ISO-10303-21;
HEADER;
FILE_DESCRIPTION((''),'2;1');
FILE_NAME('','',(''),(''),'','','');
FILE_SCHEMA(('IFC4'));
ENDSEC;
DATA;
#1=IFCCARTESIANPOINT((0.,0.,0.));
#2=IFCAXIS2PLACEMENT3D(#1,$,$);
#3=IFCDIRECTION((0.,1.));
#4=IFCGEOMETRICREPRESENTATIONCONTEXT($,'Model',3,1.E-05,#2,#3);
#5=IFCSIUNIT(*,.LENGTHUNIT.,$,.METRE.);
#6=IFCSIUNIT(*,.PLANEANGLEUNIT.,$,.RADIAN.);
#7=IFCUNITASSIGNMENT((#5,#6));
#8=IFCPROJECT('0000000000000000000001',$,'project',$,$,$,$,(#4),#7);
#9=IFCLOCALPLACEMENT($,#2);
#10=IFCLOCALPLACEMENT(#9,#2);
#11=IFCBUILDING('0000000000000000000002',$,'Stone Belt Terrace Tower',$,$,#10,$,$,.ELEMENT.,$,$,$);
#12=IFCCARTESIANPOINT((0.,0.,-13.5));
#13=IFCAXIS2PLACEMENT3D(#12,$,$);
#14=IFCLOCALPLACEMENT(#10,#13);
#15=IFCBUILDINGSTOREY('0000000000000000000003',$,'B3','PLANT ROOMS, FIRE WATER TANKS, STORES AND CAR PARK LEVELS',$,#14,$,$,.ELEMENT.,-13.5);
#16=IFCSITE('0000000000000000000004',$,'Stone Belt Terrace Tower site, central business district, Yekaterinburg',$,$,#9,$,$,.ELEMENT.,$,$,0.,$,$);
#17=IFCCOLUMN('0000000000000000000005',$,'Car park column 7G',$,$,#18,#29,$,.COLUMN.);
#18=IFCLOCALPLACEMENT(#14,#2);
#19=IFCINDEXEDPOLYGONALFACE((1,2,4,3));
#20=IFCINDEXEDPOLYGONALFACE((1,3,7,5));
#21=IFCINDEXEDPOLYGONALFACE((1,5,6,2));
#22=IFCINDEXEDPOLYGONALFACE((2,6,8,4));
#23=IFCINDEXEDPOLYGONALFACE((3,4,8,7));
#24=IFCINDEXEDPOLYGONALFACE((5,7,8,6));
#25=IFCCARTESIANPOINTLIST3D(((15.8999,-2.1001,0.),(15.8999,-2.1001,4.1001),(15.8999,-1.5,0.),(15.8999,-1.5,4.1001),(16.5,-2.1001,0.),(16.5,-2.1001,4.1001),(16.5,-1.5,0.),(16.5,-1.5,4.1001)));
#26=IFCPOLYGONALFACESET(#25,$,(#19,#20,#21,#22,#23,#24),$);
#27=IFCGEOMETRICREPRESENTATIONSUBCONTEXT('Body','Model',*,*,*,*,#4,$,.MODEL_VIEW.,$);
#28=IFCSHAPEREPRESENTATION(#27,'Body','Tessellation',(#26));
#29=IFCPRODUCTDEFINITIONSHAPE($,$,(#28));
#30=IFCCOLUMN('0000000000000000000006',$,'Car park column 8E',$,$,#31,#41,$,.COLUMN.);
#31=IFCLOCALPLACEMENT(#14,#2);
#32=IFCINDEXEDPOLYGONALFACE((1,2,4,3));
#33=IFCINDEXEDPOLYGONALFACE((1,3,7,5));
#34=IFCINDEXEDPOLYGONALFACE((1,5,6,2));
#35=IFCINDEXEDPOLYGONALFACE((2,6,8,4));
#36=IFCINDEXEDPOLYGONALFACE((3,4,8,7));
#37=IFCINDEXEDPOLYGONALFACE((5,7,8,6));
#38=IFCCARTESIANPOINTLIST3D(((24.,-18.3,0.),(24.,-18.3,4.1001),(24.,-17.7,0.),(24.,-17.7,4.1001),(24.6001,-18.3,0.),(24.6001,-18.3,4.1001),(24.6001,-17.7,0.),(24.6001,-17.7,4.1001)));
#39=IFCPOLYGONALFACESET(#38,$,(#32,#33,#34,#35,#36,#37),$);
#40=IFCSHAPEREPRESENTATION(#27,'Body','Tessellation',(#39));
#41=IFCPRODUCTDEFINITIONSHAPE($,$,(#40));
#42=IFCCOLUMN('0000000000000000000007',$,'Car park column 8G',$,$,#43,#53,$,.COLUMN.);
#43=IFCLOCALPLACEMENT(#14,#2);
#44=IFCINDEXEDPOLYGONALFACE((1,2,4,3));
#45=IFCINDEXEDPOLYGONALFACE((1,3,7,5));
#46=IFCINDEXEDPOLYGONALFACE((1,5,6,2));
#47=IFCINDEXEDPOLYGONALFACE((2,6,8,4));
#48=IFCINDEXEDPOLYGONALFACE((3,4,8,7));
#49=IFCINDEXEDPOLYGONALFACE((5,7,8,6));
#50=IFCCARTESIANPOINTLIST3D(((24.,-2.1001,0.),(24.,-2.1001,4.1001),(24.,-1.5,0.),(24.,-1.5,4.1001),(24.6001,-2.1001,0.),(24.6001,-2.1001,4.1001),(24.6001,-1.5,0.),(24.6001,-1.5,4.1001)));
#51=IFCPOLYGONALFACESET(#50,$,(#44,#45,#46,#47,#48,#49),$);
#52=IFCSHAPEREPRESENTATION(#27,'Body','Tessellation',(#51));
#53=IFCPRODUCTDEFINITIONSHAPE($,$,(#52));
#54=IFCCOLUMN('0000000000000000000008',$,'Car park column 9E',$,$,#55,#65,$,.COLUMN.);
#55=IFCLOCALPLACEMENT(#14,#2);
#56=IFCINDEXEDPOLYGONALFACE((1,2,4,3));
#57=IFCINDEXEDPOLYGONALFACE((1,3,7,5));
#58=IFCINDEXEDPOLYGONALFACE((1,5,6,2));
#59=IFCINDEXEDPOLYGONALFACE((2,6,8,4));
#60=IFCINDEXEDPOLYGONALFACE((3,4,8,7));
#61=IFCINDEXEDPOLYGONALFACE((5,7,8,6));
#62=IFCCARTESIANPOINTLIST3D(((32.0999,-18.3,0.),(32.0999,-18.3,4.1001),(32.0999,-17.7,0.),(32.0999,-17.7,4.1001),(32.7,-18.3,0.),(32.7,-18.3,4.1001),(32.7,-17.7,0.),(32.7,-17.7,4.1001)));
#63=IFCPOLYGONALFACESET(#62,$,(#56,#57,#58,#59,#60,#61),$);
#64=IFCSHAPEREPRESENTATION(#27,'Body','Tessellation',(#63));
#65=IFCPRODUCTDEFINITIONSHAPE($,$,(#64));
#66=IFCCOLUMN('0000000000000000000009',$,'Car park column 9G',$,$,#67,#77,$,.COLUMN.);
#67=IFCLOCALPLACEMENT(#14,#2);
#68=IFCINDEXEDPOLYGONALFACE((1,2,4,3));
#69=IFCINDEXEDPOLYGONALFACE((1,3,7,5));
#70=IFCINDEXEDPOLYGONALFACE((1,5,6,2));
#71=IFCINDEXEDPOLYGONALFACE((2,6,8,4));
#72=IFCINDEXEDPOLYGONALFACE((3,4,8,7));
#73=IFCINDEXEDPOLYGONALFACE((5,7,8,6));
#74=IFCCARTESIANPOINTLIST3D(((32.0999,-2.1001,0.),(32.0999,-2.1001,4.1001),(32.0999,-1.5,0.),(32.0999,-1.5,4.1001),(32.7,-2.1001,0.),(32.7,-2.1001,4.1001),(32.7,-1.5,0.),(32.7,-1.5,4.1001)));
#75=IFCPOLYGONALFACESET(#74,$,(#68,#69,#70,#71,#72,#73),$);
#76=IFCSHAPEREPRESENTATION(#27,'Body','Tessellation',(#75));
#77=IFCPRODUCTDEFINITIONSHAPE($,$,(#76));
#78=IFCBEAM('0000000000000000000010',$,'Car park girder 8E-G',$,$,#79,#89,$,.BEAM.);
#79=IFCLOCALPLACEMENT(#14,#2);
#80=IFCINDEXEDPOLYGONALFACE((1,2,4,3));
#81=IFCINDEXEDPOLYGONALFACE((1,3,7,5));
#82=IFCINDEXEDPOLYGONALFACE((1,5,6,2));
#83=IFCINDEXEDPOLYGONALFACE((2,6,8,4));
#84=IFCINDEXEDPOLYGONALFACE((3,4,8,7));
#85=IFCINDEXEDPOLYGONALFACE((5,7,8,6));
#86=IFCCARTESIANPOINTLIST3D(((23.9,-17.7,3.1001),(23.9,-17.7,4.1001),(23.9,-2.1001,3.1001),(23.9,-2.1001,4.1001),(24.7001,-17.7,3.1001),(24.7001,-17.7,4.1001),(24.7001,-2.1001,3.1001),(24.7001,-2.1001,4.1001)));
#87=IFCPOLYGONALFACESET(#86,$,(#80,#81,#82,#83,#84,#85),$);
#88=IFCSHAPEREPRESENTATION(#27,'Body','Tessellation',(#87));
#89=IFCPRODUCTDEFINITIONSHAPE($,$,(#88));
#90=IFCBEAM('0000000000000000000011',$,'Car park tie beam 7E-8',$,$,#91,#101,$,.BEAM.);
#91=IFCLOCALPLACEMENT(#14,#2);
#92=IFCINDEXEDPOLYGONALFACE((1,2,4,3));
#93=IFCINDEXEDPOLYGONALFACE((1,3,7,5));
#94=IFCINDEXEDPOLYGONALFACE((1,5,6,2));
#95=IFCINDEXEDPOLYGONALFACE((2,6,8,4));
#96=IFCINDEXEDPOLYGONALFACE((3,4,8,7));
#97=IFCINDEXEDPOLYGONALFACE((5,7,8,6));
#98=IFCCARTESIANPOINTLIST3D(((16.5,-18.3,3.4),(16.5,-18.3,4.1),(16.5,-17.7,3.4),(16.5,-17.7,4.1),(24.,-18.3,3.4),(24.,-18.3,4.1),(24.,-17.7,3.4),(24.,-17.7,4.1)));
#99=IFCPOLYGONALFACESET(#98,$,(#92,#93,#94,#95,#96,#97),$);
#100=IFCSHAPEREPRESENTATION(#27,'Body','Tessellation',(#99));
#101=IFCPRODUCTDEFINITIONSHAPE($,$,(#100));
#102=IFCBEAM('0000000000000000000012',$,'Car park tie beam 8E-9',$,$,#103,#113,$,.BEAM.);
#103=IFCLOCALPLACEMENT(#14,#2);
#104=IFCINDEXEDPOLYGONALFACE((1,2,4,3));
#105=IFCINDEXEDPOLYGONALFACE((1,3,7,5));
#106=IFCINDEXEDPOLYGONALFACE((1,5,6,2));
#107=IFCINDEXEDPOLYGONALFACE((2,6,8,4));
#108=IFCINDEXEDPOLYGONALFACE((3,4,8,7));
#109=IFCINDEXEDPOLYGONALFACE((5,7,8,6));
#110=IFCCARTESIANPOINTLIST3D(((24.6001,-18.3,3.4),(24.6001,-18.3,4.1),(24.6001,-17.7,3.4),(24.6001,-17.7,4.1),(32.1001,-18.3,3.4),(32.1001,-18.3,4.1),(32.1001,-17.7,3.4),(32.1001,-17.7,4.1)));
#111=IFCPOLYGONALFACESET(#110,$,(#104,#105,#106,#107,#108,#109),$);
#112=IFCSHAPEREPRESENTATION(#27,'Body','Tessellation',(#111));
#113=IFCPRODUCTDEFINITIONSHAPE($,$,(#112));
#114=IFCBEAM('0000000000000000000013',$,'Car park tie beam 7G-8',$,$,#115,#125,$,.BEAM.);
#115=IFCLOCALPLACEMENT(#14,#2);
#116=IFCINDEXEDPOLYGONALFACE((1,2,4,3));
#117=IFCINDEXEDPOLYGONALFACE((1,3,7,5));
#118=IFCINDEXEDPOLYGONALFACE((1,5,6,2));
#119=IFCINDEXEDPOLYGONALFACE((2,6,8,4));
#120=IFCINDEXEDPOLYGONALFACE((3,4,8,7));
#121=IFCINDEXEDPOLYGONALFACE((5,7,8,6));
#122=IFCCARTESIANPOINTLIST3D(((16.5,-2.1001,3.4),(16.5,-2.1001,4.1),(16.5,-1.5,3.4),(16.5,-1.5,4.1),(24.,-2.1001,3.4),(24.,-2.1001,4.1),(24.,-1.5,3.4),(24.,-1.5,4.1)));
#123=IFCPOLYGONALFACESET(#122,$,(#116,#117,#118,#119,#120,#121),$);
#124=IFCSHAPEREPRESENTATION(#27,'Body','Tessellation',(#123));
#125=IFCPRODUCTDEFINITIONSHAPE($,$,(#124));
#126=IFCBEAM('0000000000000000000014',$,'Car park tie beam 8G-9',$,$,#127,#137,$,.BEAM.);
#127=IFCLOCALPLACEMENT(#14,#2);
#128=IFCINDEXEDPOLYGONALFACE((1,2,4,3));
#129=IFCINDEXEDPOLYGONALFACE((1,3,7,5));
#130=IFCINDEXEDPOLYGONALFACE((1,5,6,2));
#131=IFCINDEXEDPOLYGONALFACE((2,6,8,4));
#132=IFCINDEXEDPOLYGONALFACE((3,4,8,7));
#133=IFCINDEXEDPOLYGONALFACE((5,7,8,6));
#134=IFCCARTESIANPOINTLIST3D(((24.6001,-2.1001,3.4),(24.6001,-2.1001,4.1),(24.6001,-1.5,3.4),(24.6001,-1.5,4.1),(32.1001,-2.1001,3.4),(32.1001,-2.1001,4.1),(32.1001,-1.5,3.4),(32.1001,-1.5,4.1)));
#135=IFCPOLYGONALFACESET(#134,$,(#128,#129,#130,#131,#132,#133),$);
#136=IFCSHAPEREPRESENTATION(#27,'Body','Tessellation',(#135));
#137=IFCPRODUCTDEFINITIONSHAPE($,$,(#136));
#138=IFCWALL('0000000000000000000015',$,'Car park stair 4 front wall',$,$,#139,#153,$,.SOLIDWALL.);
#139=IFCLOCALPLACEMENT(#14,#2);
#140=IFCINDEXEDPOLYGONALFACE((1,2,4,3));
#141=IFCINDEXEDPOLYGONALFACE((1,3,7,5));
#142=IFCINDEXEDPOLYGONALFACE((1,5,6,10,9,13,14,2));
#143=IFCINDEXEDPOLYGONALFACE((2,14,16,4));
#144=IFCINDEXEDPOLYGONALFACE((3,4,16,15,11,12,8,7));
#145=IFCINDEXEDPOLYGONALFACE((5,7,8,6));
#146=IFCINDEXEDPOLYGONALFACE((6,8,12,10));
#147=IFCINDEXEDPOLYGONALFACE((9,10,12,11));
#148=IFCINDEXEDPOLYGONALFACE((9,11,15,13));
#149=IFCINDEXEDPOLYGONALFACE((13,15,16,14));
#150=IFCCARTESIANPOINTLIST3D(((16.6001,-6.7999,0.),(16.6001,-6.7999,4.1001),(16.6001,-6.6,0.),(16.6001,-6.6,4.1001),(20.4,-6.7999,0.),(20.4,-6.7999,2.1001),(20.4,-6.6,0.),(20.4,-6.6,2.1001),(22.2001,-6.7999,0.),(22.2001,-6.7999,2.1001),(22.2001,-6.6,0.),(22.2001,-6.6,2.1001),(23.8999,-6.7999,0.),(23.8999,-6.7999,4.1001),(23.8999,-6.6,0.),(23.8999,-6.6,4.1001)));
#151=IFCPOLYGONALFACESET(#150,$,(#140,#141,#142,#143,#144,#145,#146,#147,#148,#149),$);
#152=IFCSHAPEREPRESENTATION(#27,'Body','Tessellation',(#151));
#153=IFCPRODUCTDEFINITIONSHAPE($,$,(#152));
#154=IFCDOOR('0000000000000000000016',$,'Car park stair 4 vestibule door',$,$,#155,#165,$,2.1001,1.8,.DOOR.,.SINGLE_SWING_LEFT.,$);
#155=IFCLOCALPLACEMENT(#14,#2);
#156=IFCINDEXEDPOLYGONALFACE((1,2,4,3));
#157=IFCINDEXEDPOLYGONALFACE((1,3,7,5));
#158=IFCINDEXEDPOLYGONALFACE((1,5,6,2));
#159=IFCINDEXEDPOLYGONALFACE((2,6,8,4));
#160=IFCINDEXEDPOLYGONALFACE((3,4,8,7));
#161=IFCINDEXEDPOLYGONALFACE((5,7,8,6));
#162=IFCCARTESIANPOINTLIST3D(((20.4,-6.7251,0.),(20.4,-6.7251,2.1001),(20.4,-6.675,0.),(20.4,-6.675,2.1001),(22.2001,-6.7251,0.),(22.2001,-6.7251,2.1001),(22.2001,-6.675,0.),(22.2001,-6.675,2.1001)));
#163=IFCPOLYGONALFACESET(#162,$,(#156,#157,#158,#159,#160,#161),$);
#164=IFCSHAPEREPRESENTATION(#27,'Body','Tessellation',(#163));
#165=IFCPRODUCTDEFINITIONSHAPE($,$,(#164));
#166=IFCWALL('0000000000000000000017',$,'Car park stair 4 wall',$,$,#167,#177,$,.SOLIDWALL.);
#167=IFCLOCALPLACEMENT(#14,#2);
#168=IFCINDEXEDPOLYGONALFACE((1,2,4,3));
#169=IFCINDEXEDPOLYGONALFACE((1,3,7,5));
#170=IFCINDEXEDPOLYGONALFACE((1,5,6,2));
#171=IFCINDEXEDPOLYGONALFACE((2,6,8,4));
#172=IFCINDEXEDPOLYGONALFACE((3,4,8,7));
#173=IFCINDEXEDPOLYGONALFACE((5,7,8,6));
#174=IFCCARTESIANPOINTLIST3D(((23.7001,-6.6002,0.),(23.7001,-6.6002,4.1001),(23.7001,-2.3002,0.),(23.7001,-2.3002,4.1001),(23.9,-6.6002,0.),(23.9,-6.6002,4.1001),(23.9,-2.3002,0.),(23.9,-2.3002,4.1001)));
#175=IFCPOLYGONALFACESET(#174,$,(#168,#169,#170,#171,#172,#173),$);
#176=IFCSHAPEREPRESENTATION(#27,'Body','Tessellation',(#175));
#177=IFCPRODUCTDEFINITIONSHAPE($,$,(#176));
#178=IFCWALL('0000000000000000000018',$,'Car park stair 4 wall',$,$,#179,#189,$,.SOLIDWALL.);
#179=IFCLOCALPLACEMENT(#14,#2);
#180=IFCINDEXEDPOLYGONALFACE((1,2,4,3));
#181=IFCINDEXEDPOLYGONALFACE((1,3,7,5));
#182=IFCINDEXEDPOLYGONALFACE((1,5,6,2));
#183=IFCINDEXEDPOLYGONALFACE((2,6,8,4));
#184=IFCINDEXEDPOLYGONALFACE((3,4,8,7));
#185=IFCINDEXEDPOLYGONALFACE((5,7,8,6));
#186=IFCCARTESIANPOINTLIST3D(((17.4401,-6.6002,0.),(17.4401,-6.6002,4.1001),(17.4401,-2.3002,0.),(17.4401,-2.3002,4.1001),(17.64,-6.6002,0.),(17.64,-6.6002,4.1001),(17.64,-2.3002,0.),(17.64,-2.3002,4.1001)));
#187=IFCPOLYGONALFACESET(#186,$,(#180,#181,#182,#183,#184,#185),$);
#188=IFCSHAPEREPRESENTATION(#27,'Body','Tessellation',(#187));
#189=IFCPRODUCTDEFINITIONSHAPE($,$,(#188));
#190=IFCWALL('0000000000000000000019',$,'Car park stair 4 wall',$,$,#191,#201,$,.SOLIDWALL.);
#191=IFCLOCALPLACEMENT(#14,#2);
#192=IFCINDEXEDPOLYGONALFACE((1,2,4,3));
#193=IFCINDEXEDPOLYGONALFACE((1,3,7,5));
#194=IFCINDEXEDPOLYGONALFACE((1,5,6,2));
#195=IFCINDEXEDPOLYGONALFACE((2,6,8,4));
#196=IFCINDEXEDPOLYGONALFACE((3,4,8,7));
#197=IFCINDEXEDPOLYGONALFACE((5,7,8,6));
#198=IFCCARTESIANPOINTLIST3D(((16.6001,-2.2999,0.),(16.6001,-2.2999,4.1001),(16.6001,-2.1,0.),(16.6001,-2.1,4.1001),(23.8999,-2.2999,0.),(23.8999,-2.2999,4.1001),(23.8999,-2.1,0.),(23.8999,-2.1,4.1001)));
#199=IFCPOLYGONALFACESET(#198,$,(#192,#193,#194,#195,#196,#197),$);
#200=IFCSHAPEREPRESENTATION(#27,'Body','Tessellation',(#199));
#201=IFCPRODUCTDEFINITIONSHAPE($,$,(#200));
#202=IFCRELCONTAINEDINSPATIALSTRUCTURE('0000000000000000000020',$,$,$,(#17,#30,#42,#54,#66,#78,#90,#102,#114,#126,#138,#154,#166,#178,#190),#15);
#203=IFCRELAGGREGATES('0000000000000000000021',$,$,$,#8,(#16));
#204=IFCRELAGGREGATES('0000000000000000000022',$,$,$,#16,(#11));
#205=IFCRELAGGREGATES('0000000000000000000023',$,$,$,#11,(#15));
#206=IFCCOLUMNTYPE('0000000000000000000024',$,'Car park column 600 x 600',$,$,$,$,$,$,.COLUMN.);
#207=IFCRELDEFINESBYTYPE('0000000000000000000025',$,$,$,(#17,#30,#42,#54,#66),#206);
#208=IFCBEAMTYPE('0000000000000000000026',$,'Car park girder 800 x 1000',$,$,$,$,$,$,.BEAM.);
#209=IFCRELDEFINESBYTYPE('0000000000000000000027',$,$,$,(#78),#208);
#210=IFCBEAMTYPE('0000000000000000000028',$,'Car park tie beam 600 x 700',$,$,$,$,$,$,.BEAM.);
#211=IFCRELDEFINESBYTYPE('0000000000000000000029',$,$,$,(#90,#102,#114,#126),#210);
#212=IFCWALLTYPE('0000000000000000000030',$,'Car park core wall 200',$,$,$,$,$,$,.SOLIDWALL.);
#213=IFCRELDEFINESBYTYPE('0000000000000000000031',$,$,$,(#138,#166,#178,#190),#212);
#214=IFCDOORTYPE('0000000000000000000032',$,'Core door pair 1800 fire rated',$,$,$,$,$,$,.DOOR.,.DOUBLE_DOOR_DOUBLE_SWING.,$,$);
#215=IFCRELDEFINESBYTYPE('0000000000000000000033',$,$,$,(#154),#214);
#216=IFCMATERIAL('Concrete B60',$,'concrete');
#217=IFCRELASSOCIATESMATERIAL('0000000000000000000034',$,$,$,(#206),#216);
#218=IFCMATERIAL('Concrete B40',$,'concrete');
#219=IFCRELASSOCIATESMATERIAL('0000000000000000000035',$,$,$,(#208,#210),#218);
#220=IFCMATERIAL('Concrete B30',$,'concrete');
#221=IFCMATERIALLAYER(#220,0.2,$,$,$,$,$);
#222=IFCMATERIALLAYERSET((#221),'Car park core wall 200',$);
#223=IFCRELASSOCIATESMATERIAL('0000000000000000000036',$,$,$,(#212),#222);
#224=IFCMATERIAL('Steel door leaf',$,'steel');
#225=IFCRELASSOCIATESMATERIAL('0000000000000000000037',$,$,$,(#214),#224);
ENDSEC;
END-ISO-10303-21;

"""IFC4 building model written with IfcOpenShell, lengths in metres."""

from ifc_helpers import new_model, si_unit, direction, frame, frame_2d, origin, origin_2d, place, context, subcontext, project, spatial, rectangle, extrude, material, layer, layer_set, material_profile, profile_set, type_object, element, fill, save


model = new_model("IFC4")

# Units and contexts
model_context = context("Model", 3, precision=1e-05, world=origin(), true_north=direction((0.0, 1.0)))
body_context = subcontext(model_context, "Body", "Model", "MODEL_VIEW")
ifc_project = project(units=[si_unit("LENGTHUNIT", "METRE"), si_unit("PLANEANGLEUNIT", "RADIAN")], contexts=[model_context])

# Site, building, storey
site_placement = place(None, origin())
site = spatial("IfcSite", under=ifc_project, at=site_placement, Name="Stone Belt Terrace Tower site, central business district, Yekaterinburg", CompositionType="ELEMENT", RefElevation=0.0)
building_placement = place(site_placement, origin())
building = spatial("IfcBuilding", under=site, at=building_placement, Name="Stone Belt Terrace Tower", CompositionType="ELEMENT")
storey_placement = place(building_placement, frame((0.0, 0.0, -13.5)))
storey = spatial("IfcBuildingStorey", under=building, at=storey_placement, Name="B3", Description="PLANT ROOMS, FIRE WATER TANKS, STORES AND CAR PARK LEVELS", CompositionType="ELEMENT", Elevation=-13.5)

# Columns
ifc_material_1 = material(Name="Concrete B60", Category="concrete")
ifc_material_profile_1 = material_profile(ifc_material_1, rectangle(XDim=0.6001, YDim=0.6001, at=origin_2d()), Name="Car park column 600 x 600")
ifc_profile_set_1 = profile_set([ifc_material_profile_1], Name="Concrete B60")
column_type = type_object("IfcColumnType", Name="Car park column 600 x 600", PredefinedType="COLUMN", material=ifc_profile_set_1)
for number, where, z_axis, x_axis, name in (
    (1, (16.2, -1.8, 0.0), (0.0, 0.0, 1.0), (1.0, 0.0, 0.0), "Car park column 7G"),
    (2, (24.3, -18.0, 0.0), (0.0, 0.0, 1.0), (1.0, 0.0, 0.0), "Car park column 8E"),
    (3, (24.3, -1.8, 0.0), (0.0, 0.0, 1.0), (1.0, 0.0, 0.0), "Car park column 8G"),
    (4, (32.3999, -18.0, 0.0), (0.0, 0.0, 1.0), (1.0, 0.0, 0.0), "Car park column 9E"),
    (5, (32.3999, -1.8, 0.0), (0.0, 0.0, 1.0), (1.0, 0.0, 0.0), "Car park column 9G"),
):
    element("IfcColumn", number, at=place(storey_placement, frame(where, z_axis=z_axis, x_axis=x_axis)), inside=storey, type_object=column_type, Name=name, PredefinedType="COLUMN", context=body_context, shape_type="SweptSolid", body=[
        extrude(rectangle(XDim=0.6001, YDim=0.6001, at=origin_2d()), origin(), (0.0, 0.0, 1.0), 4.1001),
    ])

# Beams
ifc_material_2 = material(Name="Concrete B40", Category="concrete")
ifc_material_profile_2 = material_profile(ifc_material_2, rectangle(XDim=0.8, YDim=1.0, at=origin_2d()), Name="Car park girder 800 x 1000")
ifc_profile_set_2 = profile_set([ifc_material_profile_2], Name="Concrete B40")
beam_type_1 = type_object("IfcBeamType", Name="Car park girder 800 x 1000", PredefinedType="BEAM", material=ifc_profile_set_2)
beam_placement = place(storey_placement, frame((24.3, -17.7, 3.6001), z_axis=(0.0, 1.0, 0.0), x_axis=(-1.0, 0.0, 0.0)))
element("IfcBeam", 6, at=beam_placement, inside=storey, type_object=beam_type_1, Name="Car park girder 8E-G", PredefinedType="BEAM", context=body_context, shape_type="SweptSolid", body=[
    extrude(rectangle(XDim=0.8, YDim=1.0, at=origin_2d()), origin(), (0.0, 0.0, 1.0), 15.5999),
])
ifc_material_profile_3 = material_profile(ifc_material_2, rectangle(XDim=0.6001, YDim=0.7, at=origin_2d()), Name="Car park tie beam 600 x 700")
ifc_profile_set_3 = profile_set([ifc_material_profile_3], Name="Concrete B40")
beam_type_2 = type_object("IfcBeamType", Name="Car park tie beam 600 x 700", PredefinedType="BEAM", material=ifc_profile_set_3)
for number, where, z_axis, x_axis, name in (
    (7, (16.5, -18.0, 3.75), (1.0, 0.0, 0.0), (0.0, 1.0, 0.0), "Car park tie beam 7E-8"),
    (8, (24.6001, -18.0, 3.75), (1.0, 0.0, 0.0), (0.0, 1.0, 0.0), "Car park tie beam 8E-9"),
    (9, (16.5, -1.8, 3.75), (1.0, 0.0, 0.0), (0.0, 1.0, 0.0), "Car park tie beam 7G-8"),
    (10, (24.6001, -1.8, 3.75), (1.0, 0.0, 0.0), (0.0, 1.0, 0.0), "Car park tie beam 8G-9"),
):
    element("IfcBeam", number, at=place(storey_placement, frame(where, z_axis=z_axis, x_axis=x_axis)), inside=storey, type_object=beam_type_2, Name=name, PredefinedType="BEAM", context=body_context, shape_type="SweptSolid", body=[
        extrude(rectangle(XDim=0.6001, YDim=0.7, at=origin_2d()), origin(), (0.0, 0.0, 1.0), 7.5),
    ])

# Wall, opening, door
ifc_material_3 = material(Name="Concrete B30", Category="concrete")
ifc_layer_1 = layer(ifc_material_3, 0.2)
ifc_layer_set_1 = layer_set([ifc_layer_1], Name="Car park core wall 200")
wall_type_1 = type_object("IfcWallType", Name="Car park core wall 200", PredefinedType="SOLIDWALL", material=ifc_layer_set_1)
wall_1_placement = place(storey_placement, frame((16.6001, -6.7, 0.0), z_axis=(0.0, 0.0, 1.0), x_axis=(1.0, 0.0, 0.0)))
wall_1 = element("IfcWall", 11, at=wall_1_placement, inside=storey, type_object=wall_type_1, Name="Car park stair 4 front wall", PredefinedType="SOLIDWALL", context=body_context, shape_type="SweptSolid", body=[
    extrude(rectangle(XDim=7.2998, YDim=0.2, at=frame_2d((3.6499, 0.0))), origin(), (0.0, 0.0, 1.0), 4.1001),
])
opening_1_placement = place(wall_1_placement, frame((3.8, 0.0, 0.0)))
opening_1 = element("IfcOpeningElement", 12, at=opening_1_placement, cuts=wall_1, PredefinedType="OPENING", context=body_context, shape_type="SweptSolid", body=[
    extrude(rectangle(XDim=1.8, YDim=2.1001, at=frame_2d((0.8999, 1.05))), frame((0.0, 0.1099, 0.0), z_axis=(0.0, -1.0, 0.0), x_axis=(1.0, 0.0, 0.0)), (0.0, 0.0, 1.0), 0.22),
])
ifc_material_4 = material(Name="Steel door leaf", Category="steel")
door_type_1 = type_object("IfcDoorType", Name="Core door pair 1800 fire rated", OperationType="DOUBLE_DOOR_DOUBLE_SWING", PredefinedType="DOOR", material=ifc_material_4)
door_1_placement = place(opening_1_placement, origin())
door_1 = element("IfcDoor", 13, at=door_1_placement, inside=storey, type_object=door_type_1, Name="Car park stair 4 vestibule door", OperationType="SINGLE_SWING_LEFT", OverallHeight=2.1001, OverallWidth=1.8, PredefinedType="DOOR", context=body_context, shape_type="SweptSolid", body=[
    extrude(rectangle(XDim=1.8, YDim=2.1001, at=frame_2d((0.8999, 1.05))), frame((0.0, 0.0249, 0.0), z_axis=(0.0, -1.0, 0.0), x_axis=(1.0, 0.0, 0.0)), (0.0, 0.0, 1.0), 0.05),
])
fill(opening_1, door_1)

# Walls
for number, where, z_axis, x_axis, name in (
    (14, (23.8, -6.6001, 0.0), (0.0, 0.0, 1.0), (0.0, 1.0, 0.0), "Car park stair 4 wall"),
    (15, (17.54, -6.6001, 0.0), (0.0, 0.0, 1.0), (0.0, 1.0, 0.0), "Car park stair 4 wall"),
):
    element("IfcWall", number, at=place(storey_placement, frame(where, z_axis=z_axis, x_axis=x_axis)), inside=storey, type_object=wall_type_1, Name=name, PredefinedType="SOLIDWALL", context=body_context, shape_type="SweptSolid", body=[
        extrude(rectangle(XDim=4.3, YDim=0.2, at=frame_2d((2.1499, 0.0))), origin(), (0.0, 0.0, 1.0), 4.1001),
    ])
wall_2_placement = place(storey_placement, frame((16.6001, -2.2, 0.0), z_axis=(0.0, 0.0, 1.0), x_axis=(1.0, 0.0, 0.0)))
element("IfcWall", 16, at=wall_2_placement, inside=storey, type_object=wall_type_1, Name="Car park stair 4 wall", PredefinedType="SOLIDWALL", context=body_context, shape_type="SweptSolid", body=[
    extrude(rectangle(XDim=7.2998, YDim=0.2, at=frame_2d((3.6499, 0.0))), origin(), (0.0, 0.0, 1.0), 4.1001),
])

save(model, "model.ifc")
